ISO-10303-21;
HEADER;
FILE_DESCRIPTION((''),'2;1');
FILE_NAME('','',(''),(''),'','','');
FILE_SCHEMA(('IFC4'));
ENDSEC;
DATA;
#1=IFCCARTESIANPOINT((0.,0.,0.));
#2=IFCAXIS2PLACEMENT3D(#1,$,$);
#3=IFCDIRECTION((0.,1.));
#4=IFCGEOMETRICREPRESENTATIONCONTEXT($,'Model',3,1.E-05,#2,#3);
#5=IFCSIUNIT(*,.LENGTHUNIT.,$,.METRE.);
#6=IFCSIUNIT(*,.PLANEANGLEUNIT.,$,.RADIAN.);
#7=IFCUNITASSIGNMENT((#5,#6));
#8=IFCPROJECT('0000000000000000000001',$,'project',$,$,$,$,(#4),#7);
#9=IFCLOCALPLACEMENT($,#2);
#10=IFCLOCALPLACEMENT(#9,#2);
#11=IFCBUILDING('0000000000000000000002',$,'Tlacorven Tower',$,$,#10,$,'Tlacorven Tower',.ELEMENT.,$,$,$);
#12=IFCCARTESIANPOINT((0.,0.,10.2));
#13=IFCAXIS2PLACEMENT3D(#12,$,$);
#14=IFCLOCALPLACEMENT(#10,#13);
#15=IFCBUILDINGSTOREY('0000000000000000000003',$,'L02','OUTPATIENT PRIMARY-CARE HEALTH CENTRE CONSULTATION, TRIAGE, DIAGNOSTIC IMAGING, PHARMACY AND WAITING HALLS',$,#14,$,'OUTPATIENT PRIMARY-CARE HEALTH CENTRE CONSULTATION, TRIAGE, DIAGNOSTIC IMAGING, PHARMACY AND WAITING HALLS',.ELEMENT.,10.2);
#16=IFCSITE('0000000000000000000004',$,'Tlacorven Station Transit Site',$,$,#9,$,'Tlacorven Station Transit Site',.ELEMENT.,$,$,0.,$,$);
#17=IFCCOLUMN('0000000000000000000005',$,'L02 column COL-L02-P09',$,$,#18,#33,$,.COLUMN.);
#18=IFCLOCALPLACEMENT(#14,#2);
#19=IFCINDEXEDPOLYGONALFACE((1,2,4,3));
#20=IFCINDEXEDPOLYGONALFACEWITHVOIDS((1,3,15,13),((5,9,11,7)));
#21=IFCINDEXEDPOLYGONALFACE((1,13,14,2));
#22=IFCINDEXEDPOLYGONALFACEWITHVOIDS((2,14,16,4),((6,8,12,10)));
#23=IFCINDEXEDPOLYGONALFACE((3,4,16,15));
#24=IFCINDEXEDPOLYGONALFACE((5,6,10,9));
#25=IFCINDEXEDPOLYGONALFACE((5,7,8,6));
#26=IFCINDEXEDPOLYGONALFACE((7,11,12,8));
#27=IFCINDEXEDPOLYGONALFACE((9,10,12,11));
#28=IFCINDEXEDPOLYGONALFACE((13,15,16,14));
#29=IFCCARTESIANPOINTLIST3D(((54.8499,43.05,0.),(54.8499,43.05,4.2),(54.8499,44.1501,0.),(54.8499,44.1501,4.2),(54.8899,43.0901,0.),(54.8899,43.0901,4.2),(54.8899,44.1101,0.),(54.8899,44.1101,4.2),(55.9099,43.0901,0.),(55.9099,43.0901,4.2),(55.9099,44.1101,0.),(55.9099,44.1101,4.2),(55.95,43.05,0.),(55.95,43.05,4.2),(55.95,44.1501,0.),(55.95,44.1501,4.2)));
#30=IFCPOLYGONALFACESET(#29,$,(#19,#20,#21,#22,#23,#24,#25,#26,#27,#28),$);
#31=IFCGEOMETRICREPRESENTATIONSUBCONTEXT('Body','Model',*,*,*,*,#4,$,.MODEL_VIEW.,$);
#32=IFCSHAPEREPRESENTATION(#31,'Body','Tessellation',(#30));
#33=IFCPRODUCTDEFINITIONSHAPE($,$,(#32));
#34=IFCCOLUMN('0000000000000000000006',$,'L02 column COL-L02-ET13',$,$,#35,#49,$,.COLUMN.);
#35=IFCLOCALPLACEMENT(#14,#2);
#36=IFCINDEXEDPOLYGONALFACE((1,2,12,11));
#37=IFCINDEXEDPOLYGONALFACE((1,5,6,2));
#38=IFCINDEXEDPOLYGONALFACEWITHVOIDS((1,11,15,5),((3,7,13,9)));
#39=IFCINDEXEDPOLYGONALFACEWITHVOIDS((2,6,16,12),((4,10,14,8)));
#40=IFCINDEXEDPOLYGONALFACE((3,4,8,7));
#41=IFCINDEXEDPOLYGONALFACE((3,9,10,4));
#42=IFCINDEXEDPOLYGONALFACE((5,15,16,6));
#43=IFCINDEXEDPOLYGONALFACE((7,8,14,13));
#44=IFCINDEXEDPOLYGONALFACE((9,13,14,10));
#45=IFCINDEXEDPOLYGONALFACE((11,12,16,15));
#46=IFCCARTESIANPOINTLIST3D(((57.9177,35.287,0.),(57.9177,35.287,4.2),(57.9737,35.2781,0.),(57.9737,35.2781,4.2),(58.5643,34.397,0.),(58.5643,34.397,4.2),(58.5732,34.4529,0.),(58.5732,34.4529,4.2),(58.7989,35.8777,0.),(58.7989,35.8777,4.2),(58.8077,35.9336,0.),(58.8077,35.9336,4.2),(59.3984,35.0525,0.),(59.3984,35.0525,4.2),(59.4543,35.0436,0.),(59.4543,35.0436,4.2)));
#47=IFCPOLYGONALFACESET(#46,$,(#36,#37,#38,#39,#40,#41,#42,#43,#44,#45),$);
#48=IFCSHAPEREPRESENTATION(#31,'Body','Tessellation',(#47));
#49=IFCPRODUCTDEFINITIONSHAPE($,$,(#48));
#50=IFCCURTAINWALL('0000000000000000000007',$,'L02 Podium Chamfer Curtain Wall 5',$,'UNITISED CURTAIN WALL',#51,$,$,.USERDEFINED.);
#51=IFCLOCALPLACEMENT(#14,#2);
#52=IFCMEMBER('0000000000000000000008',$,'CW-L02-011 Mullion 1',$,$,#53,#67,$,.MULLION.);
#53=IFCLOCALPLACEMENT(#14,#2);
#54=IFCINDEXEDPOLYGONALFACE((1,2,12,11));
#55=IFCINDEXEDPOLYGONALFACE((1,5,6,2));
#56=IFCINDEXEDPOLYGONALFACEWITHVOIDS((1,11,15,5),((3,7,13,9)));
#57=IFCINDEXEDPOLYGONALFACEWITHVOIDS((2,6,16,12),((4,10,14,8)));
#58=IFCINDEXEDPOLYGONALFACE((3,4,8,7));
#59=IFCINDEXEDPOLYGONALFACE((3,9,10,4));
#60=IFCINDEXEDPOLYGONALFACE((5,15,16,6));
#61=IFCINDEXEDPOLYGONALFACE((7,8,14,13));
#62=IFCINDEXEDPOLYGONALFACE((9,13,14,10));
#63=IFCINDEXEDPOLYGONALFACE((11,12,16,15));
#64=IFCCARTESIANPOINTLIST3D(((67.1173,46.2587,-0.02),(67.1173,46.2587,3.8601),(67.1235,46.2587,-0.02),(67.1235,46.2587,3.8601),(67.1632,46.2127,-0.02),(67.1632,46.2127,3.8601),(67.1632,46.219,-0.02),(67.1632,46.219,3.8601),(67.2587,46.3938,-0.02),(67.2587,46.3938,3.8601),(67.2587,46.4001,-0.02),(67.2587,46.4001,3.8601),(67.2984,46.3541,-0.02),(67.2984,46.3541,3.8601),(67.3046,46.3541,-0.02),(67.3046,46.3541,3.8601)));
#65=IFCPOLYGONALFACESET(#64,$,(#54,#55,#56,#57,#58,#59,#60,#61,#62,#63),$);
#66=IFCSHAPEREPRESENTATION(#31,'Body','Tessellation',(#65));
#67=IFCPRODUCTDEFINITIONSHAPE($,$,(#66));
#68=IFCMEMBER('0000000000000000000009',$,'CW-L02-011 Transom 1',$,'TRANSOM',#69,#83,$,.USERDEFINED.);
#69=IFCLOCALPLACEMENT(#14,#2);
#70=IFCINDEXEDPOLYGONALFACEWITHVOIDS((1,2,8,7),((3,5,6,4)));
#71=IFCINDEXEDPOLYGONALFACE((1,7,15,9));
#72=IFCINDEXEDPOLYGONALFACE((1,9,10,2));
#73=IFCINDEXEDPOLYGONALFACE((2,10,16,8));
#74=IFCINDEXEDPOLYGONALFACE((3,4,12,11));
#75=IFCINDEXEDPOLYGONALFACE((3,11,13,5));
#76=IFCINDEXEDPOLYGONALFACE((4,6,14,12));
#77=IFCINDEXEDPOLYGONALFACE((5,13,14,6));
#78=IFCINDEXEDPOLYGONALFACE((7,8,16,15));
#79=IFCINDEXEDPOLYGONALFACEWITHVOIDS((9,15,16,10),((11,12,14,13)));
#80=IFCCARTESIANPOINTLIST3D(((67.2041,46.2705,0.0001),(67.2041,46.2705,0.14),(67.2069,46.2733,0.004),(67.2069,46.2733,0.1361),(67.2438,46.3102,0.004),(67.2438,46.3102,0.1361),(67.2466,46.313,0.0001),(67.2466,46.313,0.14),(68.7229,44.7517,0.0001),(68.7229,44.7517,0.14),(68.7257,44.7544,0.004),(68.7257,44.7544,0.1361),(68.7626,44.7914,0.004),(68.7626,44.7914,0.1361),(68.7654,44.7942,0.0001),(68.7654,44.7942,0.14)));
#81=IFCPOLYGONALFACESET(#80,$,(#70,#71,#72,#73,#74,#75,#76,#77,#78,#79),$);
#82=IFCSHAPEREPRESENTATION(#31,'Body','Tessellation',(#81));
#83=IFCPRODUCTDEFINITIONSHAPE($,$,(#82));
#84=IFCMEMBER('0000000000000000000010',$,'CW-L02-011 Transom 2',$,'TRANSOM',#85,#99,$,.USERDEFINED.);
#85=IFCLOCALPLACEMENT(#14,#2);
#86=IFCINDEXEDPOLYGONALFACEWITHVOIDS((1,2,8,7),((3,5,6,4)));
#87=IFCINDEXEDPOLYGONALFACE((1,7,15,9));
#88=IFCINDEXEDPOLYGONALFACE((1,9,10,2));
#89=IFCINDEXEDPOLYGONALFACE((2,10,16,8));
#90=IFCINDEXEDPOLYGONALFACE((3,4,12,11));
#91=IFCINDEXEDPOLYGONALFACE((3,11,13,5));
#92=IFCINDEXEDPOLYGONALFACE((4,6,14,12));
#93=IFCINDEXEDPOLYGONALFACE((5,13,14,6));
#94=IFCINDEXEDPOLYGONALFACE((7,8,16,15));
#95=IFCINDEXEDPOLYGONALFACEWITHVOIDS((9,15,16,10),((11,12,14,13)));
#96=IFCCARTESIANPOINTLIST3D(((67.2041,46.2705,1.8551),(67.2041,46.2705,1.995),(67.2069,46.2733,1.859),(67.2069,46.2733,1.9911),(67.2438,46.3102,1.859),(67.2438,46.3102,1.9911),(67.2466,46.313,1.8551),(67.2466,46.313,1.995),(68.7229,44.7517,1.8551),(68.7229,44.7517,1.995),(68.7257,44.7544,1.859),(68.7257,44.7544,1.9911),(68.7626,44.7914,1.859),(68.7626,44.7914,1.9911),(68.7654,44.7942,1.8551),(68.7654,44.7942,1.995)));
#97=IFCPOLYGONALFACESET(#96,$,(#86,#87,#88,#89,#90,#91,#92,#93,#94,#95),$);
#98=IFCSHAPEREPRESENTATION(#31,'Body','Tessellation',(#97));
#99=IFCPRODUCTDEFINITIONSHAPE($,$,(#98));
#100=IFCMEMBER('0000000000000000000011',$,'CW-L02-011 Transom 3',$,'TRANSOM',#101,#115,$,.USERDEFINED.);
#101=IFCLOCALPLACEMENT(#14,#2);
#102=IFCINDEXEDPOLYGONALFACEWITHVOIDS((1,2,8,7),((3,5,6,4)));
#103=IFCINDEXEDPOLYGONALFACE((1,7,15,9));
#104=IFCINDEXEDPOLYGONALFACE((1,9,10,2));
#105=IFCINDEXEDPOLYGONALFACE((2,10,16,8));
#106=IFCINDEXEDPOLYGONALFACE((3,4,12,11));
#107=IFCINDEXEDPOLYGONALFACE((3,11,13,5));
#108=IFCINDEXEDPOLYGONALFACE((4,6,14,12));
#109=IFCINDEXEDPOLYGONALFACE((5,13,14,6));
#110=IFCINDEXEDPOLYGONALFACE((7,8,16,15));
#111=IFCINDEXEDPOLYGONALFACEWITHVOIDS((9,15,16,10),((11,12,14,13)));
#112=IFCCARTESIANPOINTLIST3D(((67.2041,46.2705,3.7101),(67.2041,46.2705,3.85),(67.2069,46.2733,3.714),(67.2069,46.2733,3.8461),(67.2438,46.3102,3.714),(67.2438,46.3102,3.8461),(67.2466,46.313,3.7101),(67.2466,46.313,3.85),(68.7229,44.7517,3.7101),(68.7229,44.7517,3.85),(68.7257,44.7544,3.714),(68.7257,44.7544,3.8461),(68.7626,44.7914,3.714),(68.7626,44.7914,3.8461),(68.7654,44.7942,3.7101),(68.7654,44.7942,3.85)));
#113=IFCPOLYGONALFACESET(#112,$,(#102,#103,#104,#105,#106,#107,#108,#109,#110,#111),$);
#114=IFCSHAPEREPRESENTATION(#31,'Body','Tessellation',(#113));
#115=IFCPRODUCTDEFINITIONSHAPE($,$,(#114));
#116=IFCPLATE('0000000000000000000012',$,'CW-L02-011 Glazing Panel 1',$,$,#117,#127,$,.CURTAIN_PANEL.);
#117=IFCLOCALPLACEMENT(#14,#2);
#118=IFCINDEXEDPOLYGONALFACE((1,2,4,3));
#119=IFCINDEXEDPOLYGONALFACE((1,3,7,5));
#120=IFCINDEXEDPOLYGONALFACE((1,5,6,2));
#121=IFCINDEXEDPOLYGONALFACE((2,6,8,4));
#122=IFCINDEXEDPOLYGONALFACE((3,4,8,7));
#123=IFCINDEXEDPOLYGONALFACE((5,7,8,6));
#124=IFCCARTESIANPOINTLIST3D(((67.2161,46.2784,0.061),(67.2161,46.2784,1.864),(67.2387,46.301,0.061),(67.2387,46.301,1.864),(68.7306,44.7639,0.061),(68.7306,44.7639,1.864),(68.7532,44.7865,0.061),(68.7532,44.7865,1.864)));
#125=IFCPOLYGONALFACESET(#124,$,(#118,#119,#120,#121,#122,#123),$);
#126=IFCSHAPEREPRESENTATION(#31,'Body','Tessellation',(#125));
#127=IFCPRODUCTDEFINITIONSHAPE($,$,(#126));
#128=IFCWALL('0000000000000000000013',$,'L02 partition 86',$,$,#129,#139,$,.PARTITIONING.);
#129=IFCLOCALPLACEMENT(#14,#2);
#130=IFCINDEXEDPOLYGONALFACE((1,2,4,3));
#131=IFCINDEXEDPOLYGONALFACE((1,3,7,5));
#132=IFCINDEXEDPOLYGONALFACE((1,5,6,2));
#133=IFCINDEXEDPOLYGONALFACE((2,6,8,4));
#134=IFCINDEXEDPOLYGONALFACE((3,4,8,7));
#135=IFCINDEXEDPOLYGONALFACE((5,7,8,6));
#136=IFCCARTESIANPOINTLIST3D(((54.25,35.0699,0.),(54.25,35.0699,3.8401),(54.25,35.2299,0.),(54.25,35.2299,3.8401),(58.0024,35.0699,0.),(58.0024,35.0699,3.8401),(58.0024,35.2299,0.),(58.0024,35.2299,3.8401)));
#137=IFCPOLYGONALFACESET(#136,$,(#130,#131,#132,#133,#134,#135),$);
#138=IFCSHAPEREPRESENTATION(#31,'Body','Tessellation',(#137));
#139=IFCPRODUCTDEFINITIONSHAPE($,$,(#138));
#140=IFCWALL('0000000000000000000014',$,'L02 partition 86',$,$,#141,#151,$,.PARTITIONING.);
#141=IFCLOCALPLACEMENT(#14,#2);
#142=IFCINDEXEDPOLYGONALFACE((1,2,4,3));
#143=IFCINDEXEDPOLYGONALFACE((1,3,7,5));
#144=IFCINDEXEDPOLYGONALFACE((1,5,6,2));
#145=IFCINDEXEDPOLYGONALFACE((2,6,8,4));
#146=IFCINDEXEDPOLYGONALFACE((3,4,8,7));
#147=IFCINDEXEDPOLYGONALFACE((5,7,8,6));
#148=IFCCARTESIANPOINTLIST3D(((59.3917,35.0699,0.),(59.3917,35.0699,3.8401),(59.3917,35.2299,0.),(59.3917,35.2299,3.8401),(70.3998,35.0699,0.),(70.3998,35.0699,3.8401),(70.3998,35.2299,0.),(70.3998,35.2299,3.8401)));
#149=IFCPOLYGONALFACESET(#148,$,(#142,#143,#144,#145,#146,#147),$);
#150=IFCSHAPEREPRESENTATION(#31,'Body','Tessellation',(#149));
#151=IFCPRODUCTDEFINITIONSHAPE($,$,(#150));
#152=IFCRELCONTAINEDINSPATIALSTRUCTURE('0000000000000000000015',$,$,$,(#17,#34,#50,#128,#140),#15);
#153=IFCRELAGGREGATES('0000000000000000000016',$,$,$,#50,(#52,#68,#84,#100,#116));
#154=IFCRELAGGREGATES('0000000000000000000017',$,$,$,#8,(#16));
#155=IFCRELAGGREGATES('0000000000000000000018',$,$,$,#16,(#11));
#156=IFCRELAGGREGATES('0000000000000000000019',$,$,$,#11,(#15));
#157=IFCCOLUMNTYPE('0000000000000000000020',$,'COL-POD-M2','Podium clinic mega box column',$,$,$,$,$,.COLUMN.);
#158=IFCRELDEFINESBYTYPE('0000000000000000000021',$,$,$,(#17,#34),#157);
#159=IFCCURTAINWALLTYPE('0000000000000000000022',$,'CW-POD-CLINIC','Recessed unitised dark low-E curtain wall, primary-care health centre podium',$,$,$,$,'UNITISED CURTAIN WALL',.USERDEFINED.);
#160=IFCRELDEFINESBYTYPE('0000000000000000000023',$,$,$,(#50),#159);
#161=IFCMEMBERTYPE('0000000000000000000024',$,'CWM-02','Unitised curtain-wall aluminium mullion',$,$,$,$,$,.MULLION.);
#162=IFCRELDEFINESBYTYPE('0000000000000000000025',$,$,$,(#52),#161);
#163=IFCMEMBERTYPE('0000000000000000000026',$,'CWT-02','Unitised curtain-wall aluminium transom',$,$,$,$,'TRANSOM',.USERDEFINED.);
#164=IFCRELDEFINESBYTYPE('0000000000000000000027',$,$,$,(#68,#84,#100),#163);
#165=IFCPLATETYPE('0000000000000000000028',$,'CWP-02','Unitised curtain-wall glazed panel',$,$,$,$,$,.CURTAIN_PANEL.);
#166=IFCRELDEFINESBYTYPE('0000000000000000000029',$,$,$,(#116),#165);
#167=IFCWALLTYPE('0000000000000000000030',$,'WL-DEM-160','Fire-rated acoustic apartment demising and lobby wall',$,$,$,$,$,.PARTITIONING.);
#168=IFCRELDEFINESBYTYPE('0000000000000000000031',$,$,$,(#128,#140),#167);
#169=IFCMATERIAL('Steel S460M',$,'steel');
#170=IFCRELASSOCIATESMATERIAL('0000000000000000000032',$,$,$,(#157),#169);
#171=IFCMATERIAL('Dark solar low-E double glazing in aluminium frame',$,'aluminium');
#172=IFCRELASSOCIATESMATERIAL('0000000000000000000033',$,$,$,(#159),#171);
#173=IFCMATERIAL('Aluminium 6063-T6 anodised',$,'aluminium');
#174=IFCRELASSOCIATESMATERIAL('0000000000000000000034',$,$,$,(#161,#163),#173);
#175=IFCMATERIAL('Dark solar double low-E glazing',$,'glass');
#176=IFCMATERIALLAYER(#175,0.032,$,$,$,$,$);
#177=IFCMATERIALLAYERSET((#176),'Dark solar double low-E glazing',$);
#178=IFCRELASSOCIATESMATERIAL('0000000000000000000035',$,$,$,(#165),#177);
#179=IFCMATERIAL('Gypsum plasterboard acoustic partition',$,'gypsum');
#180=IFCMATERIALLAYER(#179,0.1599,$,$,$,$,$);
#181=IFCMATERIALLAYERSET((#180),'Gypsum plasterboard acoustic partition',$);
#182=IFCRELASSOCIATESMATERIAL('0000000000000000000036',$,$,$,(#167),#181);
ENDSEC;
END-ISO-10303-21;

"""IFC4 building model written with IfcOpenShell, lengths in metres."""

from ifc_helpers import new_model, si_unit, direction, frame, frame_2d, origin, origin_2d, place, context, subcontext, project, spatial, rectangle, hollow_rectangle, extrude, source, transform, mapped, material, layer, layer_set, material_profile, profile_set, type_object, element, aggregate, save


model = new_model("IFC4")

# Units and contexts
model_context = context("Model", 3, precision=1e-05, world=origin(), true_north=direction((0.0, 1.0)))
body_context = subcontext(model_context, "Body", "Model", "MODEL_VIEW")
ifc_project = project(units=[si_unit("LENGTHUNIT", "METRE"), si_unit("PLANEANGLEUNIT", "RADIAN")], contexts=[model_context])

# Site, building, storey
site_placement = place(None, origin())
site = spatial("IfcSite", under=ifc_project, at=site_placement, Name="Tlacorven Station Transit Site", LongName="Tlacorven Station Transit Site", CompositionType="ELEMENT", RefElevation=0.0)
building_placement = place(site_placement, origin())
building = spatial("IfcBuilding", under=site, at=building_placement, Name="Tlacorven Tower", LongName="Tlacorven Tower", CompositionType="ELEMENT")
storey_placement = place(building_placement, frame((0.0, 0.0, 10.2)))
storey = spatial("IfcBuildingStorey", under=building, at=storey_placement, Name="L02", Description="OUTPATIENT PRIMARY-CARE HEALTH CENTRE CONSULTATION, TRIAGE, DIAGNOSTIC IMAGING, PHARMACY AND WAITING HALLS", LongName="OUTPATIENT PRIMARY-CARE HEALTH CENTRE CONSULTATION, TRIAGE, DIAGNOSTIC IMAGING, PHARMACY AND WAITING HALLS", CompositionType="ELEMENT", Elevation=10.2)

# Columns
ifc_material_1 = material(Name="Steel S460M", Category="steel")
ifc_material_profile_1 = material_profile(ifc_material_1, hollow_rectangle(XDim=1.1001, YDim=1.1001, WallThickness=0.04, at=origin_2d()), Name="BOX 1100X1100X40")
ifc_profile_set_1 = profile_set([ifc_material_profile_1], Name="Steel S460M")
column_type = type_object("IfcColumnType", Name="COL-POD-M2", Description="Podium clinic mega box column", PredefinedType="COLUMN", material=ifc_profile_set_1)
shared_shape_1 = source(origin(), body_context, "Body", "SweptSolid", [
    extrude(hollow_rectangle(XDim=1.1001, YDim=1.1001, WallThickness=0.04, at=origin_2d()), origin(), (0.0, 0.0, 1.0), 4.2),
])
for number, where, z_axis, x_axis, name in (
    (1, (55.3999, 43.6001, 0.0), (0.0, 0.0, 1.0), (1.0, 0.0, 0.0), "L02 column COL-L02-P09"),
    (2, (58.686, 35.1653, 0.0), (0.0, 0.0, 1.0), (0.809017, 0.587785, 0.0), "L02 column COL-L02-ET13"),
):
    element("IfcColumn", number, at=place(storey_placement, frame(where, z_axis=z_axis, x_axis=x_axis)), inside=storey, type_object=column_type, Name=name, PredefinedType="COLUMN", context=body_context, shape_type="MappedRepresentation", body=[
        mapped(shared_shape_1, transform((0.0, 0.0, 0.0), scale=1.0)),
    ])

# Curtain wall, members, plate
ifc_material_2 = material(Name="Dark solar low-E double glazing in aluminium frame", Category="aluminium")
curtain_wall_type = type_object("IfcCurtainWallType", Name="CW-POD-CLINIC", Description="Recessed unitised dark low-E curtain wall, primary-care health centre podium", ElementType="UNITISED CURTAIN WALL", PredefinedType="USERDEFINED", material=ifc_material_2)
curtain_wall_placement = place(storey_placement, origin())
curtain_wall = element("IfcCurtainWall", 3, at=curtain_wall_placement, inside=storey, type_object=curtain_wall_type, Name="L02 Podium Chamfer Curtain Wall 5", ObjectType="UNITISED CURTAIN WALL", PredefinedType="USERDEFINED")
ifc_material_3 = material(Name="Aluminium 6063-T6 anodised", Category="aluminium")
ifc_material_profile_2 = material_profile(ifc_material_3, hollow_rectangle(XDim=0.0649, YDim=0.2, WallThickness=0.0044, at=origin_2d()), Name="ALU MULLION 65X200")
ifc_profile_set_2 = profile_set([ifc_material_profile_2], Name="Aluminium 6063-T6 anodised")
member_type_1 = type_object("IfcMemberType", Name="CWM-02", Description="Unitised curtain-wall aluminium mullion", PredefinedType="MULLION", material=ifc_profile_set_2)
shared_shape_2 = source(origin(), body_context, "Body", "SweptSolid", [
    extrude(hollow_rectangle(XDim=0.0649, YDim=0.2, WallThickness=0.0044, at=origin_2d()), origin(), (0.0, 0.0, 1.0), 3.8801),
])
member_1_placement = place(storey_placement, frame((67.2109, 46.3064, -0.02), z_axis=(0.0, 0.0, 1.0), x_axis=(0.707107, -0.707107, 0.0)))
member_1 = element("IfcMember", 4, at=member_1_placement, type_object=member_type_1, Name="CW-L02-011 Mullion 1", PredefinedType="MULLION", context=body_context, shape_type="MappedRepresentation", body=[
    mapped(shared_shape_2, transform((0.0, 0.0, 0.0), scale=1.0)),
])
ifc_material_profile_3 = material_profile(ifc_material_3, hollow_rectangle(XDim=0.0601, YDim=0.1399, WallThickness=0.0039, at=origin_2d()), Name="ALU TRANSOM 60X140")
ifc_profile_set_3 = profile_set([ifc_material_profile_3], Name="Aluminium 6063-T6 anodised")
member_type_2 = type_object("IfcMemberType", Name="CWT-02", Description="Unitised curtain-wall aluminium transom", ElementType="TRANSOM", PredefinedType="USERDEFINED", material=ifc_profile_set_3)
shared_shape_3 = source(origin(), body_context, "Body", "SweptSolid", [
    extrude(hollow_rectangle(XDim=0.0601, YDim=0.1399, WallThickness=0.0039, at=origin_2d()), origin(), (0.0, 0.0, 1.0), 2.1479),
])
member_2_placement = place(storey_placement, frame((67.2253, 46.2917, 0.0701), z_axis=(0.707107, -0.707107, 0.0), x_axis=(0.707107, 0.707107, 0.0)))
member_2 = element("IfcMember", 5, at=member_2_placement, type_object=member_type_2, Name="CW-L02-011 Transom 1", ObjectType="TRANSOM", PredefinedType="USERDEFINED", context=body_context, shape_type="MappedRepresentation", body=[
    mapped(shared_shape_3, transform((0.0, 0.0, 0.0), scale=1.0)),
])
member_3_placement = place(storey_placement, frame((67.2253, 46.2917, 1.925), z_axis=(0.707107, -0.707107, 0.0), x_axis=(0.707107, 0.707107, 0.0)))
member_3 = element("IfcMember", 6, at=member_3_placement, type_object=member_type_2, Name="CW-L02-011 Transom 2", ObjectType="TRANSOM", PredefinedType="USERDEFINED", context=body_context, shape_type="MappedRepresentation", body=[
    mapped(shared_shape_3, transform((0.0, 0.0, 0.0), scale=1.0)),
])
member_4_placement = place(storey_placement, frame((67.2253, 46.2917, 3.78), z_axis=(0.707107, -0.707107, 0.0), x_axis=(0.707107, 0.707107, 0.0)))
member_4 = element("IfcMember", 7, at=member_4_placement, type_object=member_type_2, Name="CW-L02-011 Transom 3", ObjectType="TRANSOM", PredefinedType="USERDEFINED", context=body_context, shape_type="MappedRepresentation", body=[
    mapped(shared_shape_3, transform((0.0, 0.0, 0.0), scale=1.0)),
])
ifc_material_4 = material(Name="Dark solar double low-E glazing", Category="glass")
ifc_layer_1 = layer(ifc_material_4, 0.032)
ifc_layer_set_1 = layer_set([ifc_layer_1], Name="Dark solar double low-E glazing")
plate_type = type_object("IfcPlateType", Name="CWP-02", Description="Unitised curtain-wall glazed panel", PredefinedType="CURTAIN_PANEL", material=ifc_layer_set_1)
shared_shape_4 = source(origin(), body_context, "Body", "SweptSolid", [
    extrude(rectangle(XDim=2.1418, YDim=0.032, at=origin_2d()), origin(), (0.0, 0.0, 1.0), 1.803),
])
plate_placement = place(storey_placement, frame((67.9846, 45.5325, 0.061), z_axis=(0.0, 0.0, 1.0), x_axis=(0.707107, -0.707107, 0.0)))
plate = element("IfcPlate", 8, at=plate_placement, type_object=plate_type, Name="CW-L02-011 Glazing Panel 1", PredefinedType="CURTAIN_PANEL", context=body_context, shape_type="MappedRepresentation", body=[
    mapped(shared_shape_4, transform((0.0, 0.0, 0.0), scale=1.0)),
])
aggregate(curtain_wall, [member_1, member_2, member_3, member_4, plate])

# Walls
ifc_material_5 = material(Name="Gypsum plasterboard acoustic partition", Category="gypsum")
ifc_layer_2 = layer(ifc_material_5, 0.1599)
ifc_layer_set_2 = layer_set([ifc_layer_2], Name="Gypsum plasterboard acoustic partition")
wall_type = type_object("IfcWallType", Name="WL-DEM-160", Description="Fire-rated acoustic apartment demising and lobby wall", PredefinedType="PARTITIONING", material=ifc_layer_set_2)
wall_1_placement = place(storey_placement, frame((54.25, 35.1499, 0.0), z_axis=(0.0, 0.0, 1.0), x_axis=(1.0, 0.0, 0.0)))
element("IfcWall", 9, at=wall_1_placement, inside=storey, type_object=wall_type, Name="L02 partition 86", PredefinedType="PARTITIONING", context=body_context, shape_type="SweptSolid", body=[
    extrude(rectangle(XDim=3.7524, YDim=0.1599, at=frame_2d((1.8762, 0.0))), origin(), (0.0, 0.0, 1.0), 3.8401),
])
wall_2_placement = place(storey_placement, frame((59.3918, 35.1499, 0.0), z_axis=(0.0, 0.0, 1.0), x_axis=(1.0, 0.0, 0.0)))
element("IfcWall", 10, at=wall_2_placement, inside=storey, type_object=wall_type, Name="L02 partition 86", PredefinedType="PARTITIONING", context=body_context, shape_type="SweptSolid", body=[
    extrude(rectangle(XDim=11.0081, YDim=0.1599, at=frame_2d((5.5039, 0.0))), origin(), (0.0, 0.0, 1.0), 3.8401),
])

save(model, "model.ifc")
